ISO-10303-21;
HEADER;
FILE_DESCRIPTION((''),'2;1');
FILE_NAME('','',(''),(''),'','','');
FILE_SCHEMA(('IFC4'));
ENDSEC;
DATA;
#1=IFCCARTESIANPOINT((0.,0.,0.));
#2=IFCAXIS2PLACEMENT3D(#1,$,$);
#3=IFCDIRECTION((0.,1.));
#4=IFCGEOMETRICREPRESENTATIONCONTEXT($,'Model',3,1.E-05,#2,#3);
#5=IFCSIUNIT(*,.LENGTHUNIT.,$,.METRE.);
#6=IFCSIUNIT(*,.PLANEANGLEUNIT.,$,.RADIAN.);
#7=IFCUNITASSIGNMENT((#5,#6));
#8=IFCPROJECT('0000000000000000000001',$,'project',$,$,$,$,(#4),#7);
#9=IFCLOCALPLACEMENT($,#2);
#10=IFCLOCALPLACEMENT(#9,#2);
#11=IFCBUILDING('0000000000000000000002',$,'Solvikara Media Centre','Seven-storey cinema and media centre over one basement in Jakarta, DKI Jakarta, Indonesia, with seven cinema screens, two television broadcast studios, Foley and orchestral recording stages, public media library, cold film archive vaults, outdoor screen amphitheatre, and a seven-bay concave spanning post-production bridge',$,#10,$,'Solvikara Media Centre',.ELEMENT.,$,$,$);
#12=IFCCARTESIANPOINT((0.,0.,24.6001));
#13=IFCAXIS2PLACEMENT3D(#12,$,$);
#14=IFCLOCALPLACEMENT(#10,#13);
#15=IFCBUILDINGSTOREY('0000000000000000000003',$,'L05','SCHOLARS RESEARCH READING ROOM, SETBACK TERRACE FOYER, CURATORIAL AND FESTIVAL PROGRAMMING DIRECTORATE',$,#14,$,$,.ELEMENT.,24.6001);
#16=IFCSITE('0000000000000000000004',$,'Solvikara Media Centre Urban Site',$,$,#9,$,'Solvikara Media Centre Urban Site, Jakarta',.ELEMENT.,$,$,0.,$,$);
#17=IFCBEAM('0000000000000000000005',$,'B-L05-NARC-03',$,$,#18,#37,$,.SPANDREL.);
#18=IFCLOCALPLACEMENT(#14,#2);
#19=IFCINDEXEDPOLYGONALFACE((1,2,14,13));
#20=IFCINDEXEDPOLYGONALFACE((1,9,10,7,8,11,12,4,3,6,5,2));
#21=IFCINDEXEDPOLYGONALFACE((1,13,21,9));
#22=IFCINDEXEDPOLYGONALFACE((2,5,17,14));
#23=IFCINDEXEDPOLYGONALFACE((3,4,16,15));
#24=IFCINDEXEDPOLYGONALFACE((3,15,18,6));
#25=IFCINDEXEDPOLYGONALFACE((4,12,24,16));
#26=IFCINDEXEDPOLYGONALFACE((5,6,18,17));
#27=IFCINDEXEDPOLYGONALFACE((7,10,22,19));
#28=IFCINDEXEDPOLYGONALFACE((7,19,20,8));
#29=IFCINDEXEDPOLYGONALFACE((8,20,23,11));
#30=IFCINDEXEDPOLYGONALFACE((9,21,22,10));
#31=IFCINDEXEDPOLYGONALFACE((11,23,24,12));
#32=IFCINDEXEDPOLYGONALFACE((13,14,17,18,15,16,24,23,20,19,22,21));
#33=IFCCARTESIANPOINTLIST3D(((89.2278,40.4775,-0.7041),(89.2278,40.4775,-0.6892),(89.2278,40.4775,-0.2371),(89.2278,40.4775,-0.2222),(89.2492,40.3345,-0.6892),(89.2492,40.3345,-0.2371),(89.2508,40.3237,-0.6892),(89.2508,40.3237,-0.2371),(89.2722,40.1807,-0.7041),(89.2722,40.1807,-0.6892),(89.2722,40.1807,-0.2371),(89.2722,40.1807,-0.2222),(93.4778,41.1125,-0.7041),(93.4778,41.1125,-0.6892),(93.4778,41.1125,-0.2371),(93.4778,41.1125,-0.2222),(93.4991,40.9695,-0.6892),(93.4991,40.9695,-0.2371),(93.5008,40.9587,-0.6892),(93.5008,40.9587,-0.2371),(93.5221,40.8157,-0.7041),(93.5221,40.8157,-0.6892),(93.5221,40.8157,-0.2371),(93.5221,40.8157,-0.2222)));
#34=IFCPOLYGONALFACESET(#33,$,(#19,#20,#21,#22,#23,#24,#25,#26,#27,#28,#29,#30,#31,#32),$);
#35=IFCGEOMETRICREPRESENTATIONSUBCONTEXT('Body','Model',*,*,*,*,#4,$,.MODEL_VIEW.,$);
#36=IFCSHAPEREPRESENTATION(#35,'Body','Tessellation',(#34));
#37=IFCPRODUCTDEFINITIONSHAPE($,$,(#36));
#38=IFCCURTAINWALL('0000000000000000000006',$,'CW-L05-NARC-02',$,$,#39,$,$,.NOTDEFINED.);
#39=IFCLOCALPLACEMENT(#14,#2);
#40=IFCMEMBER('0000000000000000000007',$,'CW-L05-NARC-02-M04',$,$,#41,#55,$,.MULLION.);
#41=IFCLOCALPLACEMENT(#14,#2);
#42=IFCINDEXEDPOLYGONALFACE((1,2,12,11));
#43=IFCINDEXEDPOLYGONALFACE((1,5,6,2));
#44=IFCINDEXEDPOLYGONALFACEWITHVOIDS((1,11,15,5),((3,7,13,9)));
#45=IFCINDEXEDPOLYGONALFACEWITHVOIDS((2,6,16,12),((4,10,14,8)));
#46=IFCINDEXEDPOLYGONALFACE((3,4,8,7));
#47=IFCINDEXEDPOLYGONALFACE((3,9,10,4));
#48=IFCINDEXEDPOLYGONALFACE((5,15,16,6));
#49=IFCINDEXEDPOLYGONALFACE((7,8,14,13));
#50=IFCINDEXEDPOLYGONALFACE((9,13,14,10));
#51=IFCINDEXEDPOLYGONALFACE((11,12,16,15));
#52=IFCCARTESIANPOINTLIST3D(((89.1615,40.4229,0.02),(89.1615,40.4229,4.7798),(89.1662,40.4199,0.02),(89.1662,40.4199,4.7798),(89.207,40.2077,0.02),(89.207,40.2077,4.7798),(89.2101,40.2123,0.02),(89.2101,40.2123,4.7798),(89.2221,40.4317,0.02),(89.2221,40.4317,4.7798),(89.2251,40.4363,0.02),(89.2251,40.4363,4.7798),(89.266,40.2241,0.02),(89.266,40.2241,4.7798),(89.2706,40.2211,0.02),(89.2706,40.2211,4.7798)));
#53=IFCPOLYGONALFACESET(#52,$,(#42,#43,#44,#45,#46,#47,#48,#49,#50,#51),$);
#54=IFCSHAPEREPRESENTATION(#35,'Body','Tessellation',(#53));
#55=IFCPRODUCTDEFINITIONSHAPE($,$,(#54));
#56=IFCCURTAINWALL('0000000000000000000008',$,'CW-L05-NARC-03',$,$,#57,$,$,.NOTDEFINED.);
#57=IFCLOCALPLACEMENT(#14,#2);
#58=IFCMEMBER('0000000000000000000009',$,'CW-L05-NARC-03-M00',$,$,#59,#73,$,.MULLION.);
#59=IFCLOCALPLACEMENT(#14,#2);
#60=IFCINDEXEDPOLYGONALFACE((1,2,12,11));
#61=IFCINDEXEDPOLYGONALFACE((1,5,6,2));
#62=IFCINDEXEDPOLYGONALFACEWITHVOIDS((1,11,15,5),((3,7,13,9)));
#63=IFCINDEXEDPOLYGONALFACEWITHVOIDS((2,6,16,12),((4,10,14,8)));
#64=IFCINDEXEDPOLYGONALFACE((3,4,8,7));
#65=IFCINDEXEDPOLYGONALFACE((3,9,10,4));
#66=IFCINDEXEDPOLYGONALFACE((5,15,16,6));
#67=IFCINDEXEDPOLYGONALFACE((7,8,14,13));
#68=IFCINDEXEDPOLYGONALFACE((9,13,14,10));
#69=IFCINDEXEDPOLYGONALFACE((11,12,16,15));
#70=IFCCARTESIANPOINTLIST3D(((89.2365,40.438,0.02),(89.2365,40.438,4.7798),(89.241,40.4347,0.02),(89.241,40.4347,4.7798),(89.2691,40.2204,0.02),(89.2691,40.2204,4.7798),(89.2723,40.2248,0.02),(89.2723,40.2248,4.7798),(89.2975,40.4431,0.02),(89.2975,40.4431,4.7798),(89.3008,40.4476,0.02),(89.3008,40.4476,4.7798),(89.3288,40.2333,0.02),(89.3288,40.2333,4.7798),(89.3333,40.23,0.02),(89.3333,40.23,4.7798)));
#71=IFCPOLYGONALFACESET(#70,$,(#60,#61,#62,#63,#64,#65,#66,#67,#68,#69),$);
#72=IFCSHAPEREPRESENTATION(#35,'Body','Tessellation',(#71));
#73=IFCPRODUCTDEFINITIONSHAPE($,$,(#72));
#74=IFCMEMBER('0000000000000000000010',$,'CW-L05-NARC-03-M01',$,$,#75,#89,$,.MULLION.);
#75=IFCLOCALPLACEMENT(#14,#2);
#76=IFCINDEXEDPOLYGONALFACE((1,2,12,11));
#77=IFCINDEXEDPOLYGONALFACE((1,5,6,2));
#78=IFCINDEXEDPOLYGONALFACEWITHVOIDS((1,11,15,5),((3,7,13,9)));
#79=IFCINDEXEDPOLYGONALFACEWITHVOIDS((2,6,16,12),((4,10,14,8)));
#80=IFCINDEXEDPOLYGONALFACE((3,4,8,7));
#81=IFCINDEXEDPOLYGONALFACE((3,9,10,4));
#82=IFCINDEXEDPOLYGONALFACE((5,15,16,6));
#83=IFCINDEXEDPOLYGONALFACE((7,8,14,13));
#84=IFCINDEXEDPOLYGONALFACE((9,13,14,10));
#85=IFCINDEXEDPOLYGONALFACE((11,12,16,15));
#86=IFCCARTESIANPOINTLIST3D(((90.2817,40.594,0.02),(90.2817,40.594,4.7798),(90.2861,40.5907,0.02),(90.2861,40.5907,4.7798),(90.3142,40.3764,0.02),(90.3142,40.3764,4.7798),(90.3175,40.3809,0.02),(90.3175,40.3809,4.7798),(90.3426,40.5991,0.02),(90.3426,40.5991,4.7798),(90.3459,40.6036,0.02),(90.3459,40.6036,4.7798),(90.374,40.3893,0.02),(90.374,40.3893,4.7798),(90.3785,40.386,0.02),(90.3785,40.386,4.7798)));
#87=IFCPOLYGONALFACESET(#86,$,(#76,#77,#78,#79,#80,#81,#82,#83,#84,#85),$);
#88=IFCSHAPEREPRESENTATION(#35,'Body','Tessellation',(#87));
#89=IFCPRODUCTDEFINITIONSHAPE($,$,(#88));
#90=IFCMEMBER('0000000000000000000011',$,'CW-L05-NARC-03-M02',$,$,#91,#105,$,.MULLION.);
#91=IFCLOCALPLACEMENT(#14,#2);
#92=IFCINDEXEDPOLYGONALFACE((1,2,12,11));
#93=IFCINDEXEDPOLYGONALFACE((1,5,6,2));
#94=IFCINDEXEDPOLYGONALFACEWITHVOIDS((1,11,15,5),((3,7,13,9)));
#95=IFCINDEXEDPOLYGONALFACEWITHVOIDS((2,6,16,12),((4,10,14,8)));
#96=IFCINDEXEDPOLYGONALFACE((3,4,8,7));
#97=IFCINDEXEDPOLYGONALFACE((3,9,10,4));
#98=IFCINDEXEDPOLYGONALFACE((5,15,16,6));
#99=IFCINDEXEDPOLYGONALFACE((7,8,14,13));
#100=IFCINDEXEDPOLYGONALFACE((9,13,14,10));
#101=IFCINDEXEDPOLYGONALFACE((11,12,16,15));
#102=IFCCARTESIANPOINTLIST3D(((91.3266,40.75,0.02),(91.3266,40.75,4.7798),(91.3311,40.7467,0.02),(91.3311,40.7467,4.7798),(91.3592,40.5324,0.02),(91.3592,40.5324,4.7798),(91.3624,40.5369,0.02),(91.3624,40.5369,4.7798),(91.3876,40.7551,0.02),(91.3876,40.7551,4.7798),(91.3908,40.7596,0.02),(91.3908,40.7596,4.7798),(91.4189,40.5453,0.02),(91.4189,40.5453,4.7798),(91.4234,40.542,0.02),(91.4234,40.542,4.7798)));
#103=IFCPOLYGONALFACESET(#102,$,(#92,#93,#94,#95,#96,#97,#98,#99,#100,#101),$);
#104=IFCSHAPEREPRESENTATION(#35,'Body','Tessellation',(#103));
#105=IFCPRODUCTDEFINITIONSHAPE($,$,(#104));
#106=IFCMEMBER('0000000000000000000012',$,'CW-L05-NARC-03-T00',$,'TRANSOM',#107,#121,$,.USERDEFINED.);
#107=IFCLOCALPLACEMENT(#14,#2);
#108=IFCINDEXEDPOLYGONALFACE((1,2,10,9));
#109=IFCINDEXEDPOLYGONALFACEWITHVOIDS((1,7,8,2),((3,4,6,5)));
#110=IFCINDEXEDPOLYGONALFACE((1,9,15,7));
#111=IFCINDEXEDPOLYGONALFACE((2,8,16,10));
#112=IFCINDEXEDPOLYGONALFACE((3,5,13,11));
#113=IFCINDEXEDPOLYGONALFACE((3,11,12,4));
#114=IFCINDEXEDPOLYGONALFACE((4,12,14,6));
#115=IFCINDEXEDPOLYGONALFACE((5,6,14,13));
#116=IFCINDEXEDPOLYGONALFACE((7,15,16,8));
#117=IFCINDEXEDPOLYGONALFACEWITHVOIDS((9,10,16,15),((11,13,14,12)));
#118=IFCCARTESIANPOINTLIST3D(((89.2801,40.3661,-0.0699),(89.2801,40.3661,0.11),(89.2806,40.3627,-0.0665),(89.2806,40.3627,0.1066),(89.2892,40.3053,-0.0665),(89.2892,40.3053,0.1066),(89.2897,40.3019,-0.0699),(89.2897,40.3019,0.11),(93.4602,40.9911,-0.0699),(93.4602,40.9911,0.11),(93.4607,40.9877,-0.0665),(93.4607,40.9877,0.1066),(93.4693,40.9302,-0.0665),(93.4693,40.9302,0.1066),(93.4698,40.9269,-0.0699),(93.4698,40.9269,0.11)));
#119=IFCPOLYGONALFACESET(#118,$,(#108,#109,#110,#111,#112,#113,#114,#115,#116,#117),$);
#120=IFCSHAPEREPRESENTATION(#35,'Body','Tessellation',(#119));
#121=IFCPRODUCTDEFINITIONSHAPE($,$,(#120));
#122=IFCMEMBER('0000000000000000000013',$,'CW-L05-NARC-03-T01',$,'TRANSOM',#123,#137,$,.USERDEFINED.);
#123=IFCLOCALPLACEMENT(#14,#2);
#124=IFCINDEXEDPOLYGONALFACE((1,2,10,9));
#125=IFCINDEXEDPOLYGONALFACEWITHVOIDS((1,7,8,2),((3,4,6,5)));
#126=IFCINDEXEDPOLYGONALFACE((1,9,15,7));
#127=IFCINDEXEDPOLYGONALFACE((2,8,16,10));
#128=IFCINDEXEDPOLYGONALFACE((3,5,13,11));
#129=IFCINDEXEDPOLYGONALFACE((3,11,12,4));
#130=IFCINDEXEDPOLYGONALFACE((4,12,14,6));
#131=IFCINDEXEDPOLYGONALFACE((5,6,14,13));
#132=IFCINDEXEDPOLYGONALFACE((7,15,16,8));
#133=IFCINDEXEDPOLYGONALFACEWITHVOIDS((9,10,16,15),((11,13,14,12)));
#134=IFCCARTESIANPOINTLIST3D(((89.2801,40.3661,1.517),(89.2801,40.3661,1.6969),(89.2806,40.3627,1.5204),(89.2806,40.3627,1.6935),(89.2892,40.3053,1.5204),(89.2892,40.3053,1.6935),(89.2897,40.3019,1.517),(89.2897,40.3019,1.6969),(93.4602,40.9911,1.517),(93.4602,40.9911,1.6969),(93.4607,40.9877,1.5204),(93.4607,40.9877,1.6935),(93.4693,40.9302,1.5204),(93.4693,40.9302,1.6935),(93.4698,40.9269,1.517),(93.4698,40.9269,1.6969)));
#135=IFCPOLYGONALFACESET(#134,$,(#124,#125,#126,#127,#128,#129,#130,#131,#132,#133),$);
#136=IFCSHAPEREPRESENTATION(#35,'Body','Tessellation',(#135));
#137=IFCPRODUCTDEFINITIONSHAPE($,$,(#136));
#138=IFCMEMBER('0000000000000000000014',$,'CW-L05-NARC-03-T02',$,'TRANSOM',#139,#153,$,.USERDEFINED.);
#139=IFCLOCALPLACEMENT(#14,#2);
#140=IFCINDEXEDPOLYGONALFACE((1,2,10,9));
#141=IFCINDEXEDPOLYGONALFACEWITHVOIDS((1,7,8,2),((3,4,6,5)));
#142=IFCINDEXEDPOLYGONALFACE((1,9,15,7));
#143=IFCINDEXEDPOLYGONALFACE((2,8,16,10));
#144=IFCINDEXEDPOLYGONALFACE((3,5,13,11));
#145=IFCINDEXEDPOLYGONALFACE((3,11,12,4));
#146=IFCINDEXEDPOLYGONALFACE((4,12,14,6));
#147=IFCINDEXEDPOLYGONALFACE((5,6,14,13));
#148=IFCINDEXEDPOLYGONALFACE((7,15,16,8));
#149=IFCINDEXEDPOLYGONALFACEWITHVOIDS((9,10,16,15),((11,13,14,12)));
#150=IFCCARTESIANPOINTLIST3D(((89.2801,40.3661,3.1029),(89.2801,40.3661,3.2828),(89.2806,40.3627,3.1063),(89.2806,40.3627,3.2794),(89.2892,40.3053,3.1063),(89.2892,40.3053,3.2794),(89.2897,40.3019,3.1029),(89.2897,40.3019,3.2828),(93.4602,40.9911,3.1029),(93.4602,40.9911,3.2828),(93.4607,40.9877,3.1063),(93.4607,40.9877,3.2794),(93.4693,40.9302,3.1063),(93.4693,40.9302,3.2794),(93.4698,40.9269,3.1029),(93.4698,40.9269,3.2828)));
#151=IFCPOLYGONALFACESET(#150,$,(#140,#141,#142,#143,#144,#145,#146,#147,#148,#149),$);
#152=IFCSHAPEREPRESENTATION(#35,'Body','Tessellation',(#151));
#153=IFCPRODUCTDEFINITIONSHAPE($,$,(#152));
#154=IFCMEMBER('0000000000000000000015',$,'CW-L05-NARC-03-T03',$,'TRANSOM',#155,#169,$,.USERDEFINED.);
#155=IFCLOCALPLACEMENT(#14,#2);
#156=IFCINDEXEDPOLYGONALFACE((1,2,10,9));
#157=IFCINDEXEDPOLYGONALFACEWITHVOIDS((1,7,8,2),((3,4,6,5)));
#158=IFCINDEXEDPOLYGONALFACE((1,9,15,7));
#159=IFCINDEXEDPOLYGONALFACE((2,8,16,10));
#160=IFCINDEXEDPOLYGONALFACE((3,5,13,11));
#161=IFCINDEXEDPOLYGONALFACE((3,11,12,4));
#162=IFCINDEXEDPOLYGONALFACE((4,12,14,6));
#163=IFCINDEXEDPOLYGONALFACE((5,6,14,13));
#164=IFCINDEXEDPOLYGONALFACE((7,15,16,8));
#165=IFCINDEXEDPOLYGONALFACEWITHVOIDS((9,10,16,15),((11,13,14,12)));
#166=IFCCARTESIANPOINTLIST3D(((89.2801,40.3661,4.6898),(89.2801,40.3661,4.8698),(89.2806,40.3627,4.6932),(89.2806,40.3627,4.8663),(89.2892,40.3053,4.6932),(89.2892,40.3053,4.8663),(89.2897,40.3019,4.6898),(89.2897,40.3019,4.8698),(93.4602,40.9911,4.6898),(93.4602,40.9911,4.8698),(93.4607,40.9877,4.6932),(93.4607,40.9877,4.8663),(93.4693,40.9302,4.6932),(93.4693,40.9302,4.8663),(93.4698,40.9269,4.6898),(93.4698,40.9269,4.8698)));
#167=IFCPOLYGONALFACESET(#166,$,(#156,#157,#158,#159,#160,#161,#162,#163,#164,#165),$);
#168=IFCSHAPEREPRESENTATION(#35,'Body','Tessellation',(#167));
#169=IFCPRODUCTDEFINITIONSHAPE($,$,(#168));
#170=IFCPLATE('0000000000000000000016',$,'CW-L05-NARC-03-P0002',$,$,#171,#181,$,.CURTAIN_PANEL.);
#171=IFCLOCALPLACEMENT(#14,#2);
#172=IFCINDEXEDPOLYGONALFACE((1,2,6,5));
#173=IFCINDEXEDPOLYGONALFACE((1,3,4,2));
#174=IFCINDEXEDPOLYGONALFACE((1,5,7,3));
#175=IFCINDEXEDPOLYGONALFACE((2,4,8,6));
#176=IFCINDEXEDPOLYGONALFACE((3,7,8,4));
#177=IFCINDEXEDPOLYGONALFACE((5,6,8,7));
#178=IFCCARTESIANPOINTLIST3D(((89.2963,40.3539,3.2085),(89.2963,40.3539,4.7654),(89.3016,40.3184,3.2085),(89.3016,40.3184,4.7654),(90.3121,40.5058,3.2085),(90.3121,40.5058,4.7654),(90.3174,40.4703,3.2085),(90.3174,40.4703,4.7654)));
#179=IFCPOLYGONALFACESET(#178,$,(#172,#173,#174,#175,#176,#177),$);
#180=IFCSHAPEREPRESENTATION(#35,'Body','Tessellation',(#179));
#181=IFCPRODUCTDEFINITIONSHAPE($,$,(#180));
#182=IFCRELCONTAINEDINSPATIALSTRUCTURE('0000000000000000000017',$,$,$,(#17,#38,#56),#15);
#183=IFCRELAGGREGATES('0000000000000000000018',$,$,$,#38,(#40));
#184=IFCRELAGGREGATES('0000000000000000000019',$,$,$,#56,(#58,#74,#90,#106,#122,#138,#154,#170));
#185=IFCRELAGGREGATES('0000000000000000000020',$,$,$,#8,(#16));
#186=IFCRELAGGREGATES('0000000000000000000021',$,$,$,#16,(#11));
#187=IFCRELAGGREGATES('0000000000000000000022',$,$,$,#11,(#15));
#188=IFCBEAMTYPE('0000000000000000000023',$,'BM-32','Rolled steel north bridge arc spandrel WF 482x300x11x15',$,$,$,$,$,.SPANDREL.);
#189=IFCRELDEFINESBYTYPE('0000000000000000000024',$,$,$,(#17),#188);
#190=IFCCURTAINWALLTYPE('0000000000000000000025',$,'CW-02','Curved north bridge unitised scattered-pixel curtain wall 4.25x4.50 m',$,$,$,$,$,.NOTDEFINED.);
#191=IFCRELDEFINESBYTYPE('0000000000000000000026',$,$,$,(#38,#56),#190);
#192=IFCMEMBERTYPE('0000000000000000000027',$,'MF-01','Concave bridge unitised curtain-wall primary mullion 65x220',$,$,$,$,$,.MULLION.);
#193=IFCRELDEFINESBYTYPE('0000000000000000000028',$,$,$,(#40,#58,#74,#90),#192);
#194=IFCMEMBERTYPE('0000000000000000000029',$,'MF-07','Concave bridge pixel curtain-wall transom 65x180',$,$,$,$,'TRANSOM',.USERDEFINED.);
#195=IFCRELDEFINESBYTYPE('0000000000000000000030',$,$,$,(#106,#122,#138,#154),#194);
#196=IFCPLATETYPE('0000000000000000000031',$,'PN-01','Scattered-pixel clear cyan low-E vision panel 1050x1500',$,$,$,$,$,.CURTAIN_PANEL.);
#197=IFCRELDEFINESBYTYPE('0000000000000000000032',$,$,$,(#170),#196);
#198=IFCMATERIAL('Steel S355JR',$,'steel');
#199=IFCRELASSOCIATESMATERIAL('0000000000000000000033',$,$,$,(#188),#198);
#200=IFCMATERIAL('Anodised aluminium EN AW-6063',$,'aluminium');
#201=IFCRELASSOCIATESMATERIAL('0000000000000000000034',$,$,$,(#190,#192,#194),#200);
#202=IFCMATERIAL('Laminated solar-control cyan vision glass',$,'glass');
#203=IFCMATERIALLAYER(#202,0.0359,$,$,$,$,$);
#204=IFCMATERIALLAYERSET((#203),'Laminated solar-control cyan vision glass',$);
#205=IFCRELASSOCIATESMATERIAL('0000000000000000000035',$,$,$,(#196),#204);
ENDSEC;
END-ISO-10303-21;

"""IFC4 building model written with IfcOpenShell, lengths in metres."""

from ifc_helpers import new_model, si_unit, direction, frame, origin, origin_2d, place, context, subcontext, project, spatial, rectangle, hollow_rectangle, i_section, extrude, material, layer, layer_set, material_profile, profile_set, type_object, element, aggregate, save


model = new_model("IFC4")

# Units and contexts
model_context = context("Model", 3, precision=1e-05, world=origin(), true_north=direction((0.0, 1.0)))
body_context = subcontext(model_context, "Body", "Model", "MODEL_VIEW")
ifc_project = project(units=[si_unit("LENGTHUNIT", "METRE"), si_unit("PLANEANGLEUNIT", "RADIAN")], contexts=[model_context])

# Site, building, storey
site_placement = place(None, origin())
site = spatial("IfcSite", under=ifc_project, at=site_placement, Name="Solvikara Media Centre Urban Site", LongName="Solvikara Media Centre Urban Site, Jakarta", CompositionType="ELEMENT", RefElevation=0.0)
building_placement = place(site_placement, origin())
building = spatial("IfcBuilding", under=site, at=building_placement, Name="Solvikara Media Centre", Description="Seven-storey cinema and media centre over one basement in Jakarta, DKI Jakarta, Indonesia, with seven cinema screens, two television broadcast studios, Foley and orchestral recording stages, public media library, cold film archive vaults, outdoor screen amphitheatre, and a seven-bay concave spanning post-production bridge", LongName="Solvikara Media Centre", CompositionType="ELEMENT")
storey_placement = place(building_placement, frame((0.0, 0.0, 24.6001)))
storey = spatial("IfcBuildingStorey", under=building, at=storey_placement, Name="L05", Description="SCHOLARS RESEARCH READING ROOM, SETBACK TERRACE FOYER, CURATORIAL AND FESTIVAL PROGRAMMING DIRECTORATE", CompositionType="ELEMENT", Elevation=24.6001)

# Beam
ifc_material_1 = material(Name="Steel S355JR", Category="steel")
ifc_material_profile_1 = material_profile(ifc_material_1, i_section(OverallWidth=0.3, OverallDepth=0.4819, WebThickness=0.011, FlangeThickness=0.0149, at=origin_2d()), Name="WF 482x300x11x15")
ifc_profile_set_1 = profile_set([ifc_material_profile_1], Name="Steel S355JR")
beam_type = type_object("IfcBeamType", Name="BM-32", Description="Rolled steel north bridge arc spandrel WF 482x300x11x15", PredefinedType="SPANDREL", material=ifc_profile_set_1)
beam_placement = place(storey_placement, frame((89.25, 40.3291, -0.4631), z_axis=(0.989021, 0.147774, 0.0), x_axis=(-0.147774, 0.989021, 0.0)))
element("IfcBeam", 1, at=beam_placement, inside=storey, type_object=beam_type, Name="B-L05-NARC-03", PredefinedType="SPANDREL", context=body_context, shape_type="SweptSolid", body=[
    extrude(i_section(OverallWidth=0.3, OverallDepth=0.4819, WebThickness=0.011, FlangeThickness=0.0149, at=origin_2d()), origin(), (0.0, 0.0, 1.0), 4.2971),
])

# Curtain wall, member
ifc_material_2 = material(Name="Anodised aluminium EN AW-6063", Category="aluminium")
curtain_wall_type = type_object("IfcCurtainWallType", Name="CW-02", Description="Curved north bridge unitised scattered-pixel curtain wall 4.25x4.50 m", PredefinedType="NOTDEFINED", material=ifc_material_2)
curtain_wall_1_placement = place(storey_placement, origin())
curtain_wall_1 = element("IfcCurtainWall", 2, at=curtain_wall_1_placement, inside=storey, type_object=curtain_wall_type, Name="CW-L05-NARC-02", PredefinedType="NOTDEFINED")
ifc_material_profile_2 = material_profile(ifc_material_2, hollow_rectangle(XDim=0.0649, YDim=0.22, WallThickness=0.0039, at=origin_2d()), Name="ALU-M 65x220x4")
ifc_profile_set_2 = profile_set([ifc_material_profile_2], Name="Anodised aluminium EN AW-6063")
member_type_1 = type_object("IfcMemberType", Name="MF-01", Description="Concave bridge unitised curtain-wall primary mullion 65x220", PredefinedType="MULLION", material=ifc_profile_set_2)
member_1_placement = place(storey_placement, frame((89.2161, 40.322, 0.02), z_axis=(0.0, 0.0, 1.0), x_axis=(0.978379, 0.206819, 0.0)))
member_1 = element("IfcMember", 3, at=member_1_placement, type_object=member_type_1, Name="CW-L05-NARC-02-M04", PredefinedType="MULLION", context=body_context, shape_type="SweptSolid", body=[
    extrude(hollow_rectangle(XDim=0.0649, YDim=0.22, WallThickness=0.0039, at=origin_2d()), origin(), (0.0, 0.0, 1.0), 4.7598),
])
aggregate(curtain_wall_1, [member_1])

# Curtain wall, members, plate
curtain_wall_2_placement = place(storey_placement, origin())
curtain_wall_2 = element("IfcCurtainWall", 4, at=curtain_wall_2_placement, inside=storey, type_object=curtain_wall_type, Name="CW-L05-NARC-03", PredefinedType="NOTDEFINED")
member_2_placement = place(storey_placement, frame((89.2849, 40.334, 0.02), z_axis=(0.0, 0.0, 1.0), x_axis=(0.989006, 0.147878, 0.0)))
member_2 = element("IfcMember", 5, at=member_2_placement, type_object=member_type_1, Name="CW-L05-NARC-03-M00", PredefinedType="MULLION", context=body_context, shape_type="SweptSolid", body=[
    extrude(hollow_rectangle(XDim=0.0649, YDim=0.22, WallThickness=0.0039, at=origin_2d()), origin(), (0.0, 0.0, 1.0), 4.7598),
])
member_3_placement = place(storey_placement, frame((90.3301, 40.49, 0.02), z_axis=(0.0, 0.0, 1.0), x_axis=(0.989006, 0.147878, 0.0)))
member_3 = element("IfcMember", 6, at=member_3_placement, type_object=member_type_1, Name="CW-L05-NARC-03-M01", PredefinedType="MULLION", context=body_context, shape_type="SweptSolid", body=[
    extrude(hollow_rectangle(XDim=0.0649, YDim=0.22, WallThickness=0.0039, at=origin_2d()), origin(), (0.0, 0.0, 1.0), 4.7598),
])
member_4_placement = place(storey_placement, frame((91.375, 40.646, 0.02), z_axis=(0.0, 0.0, 1.0), x_axis=(0.989006, 0.147878, 0.0)))
member_4 = element("IfcMember", 7, at=member_4_placement, type_object=member_type_1, Name="CW-L05-NARC-03-M02", PredefinedType="MULLION", context=body_context, shape_type="SweptSolid", body=[
    extrude(hollow_rectangle(XDim=0.0649, YDim=0.22, WallThickness=0.0039, at=origin_2d()), origin(), (0.0, 0.0, 1.0), 4.7598),
])
ifc_material_profile_3 = material_profile(ifc_material_2, hollow_rectangle(XDim=0.0649, YDim=0.1799, WallThickness=0.0034, at=origin_2d()), Name="ALU-T 65x180x3.5")
ifc_profile_set_3 = profile_set([ifc_material_profile_3], Name="Anodised aluminium EN AW-6063")
member_type_2 = type_object("IfcMemberType", Name="MF-07", Description="Concave bridge pixel curtain-wall transom 65x180", ElementType="TRANSOM", PredefinedType="USERDEFINED", material=ifc_profile_set_3)
member_5_placement = place(storey_placement, frame((89.2849, 40.334, 0.02), z_axis=(0.989007, 0.147872, 0.0), x_axis=(-0.147872, 0.989007, 0.0)))
member_5 = element("IfcMember", 8, at=member_5_placement, type_object=member_type_2, Name="CW-L05-NARC-03-T00", ObjectType="TRANSOM", PredefinedType="USERDEFINED", context=body_context, shape_type="SweptSolid", body=[
    extrude(hollow_rectangle(XDim=0.0649, YDim=0.1799, WallThickness=0.0034, at=origin_2d()), origin(), (0.0, 0.0, 1.0), 4.2266),
])
member_6_placement = place(storey_placement, frame((89.2849, 40.334, 1.6069), z_axis=(0.989007, 0.147872, 0.0), x_axis=(-0.147872, 0.989007, 0.0)))
member_6 = element("IfcMember", 9, at=member_6_placement, type_object=member_type_2, Name="CW-L05-NARC-03-T01", ObjectType="TRANSOM", PredefinedType="USERDEFINED", context=body_context, shape_type="SweptSolid", body=[
    extrude(hollow_rectangle(XDim=0.0649, YDim=0.1799, WallThickness=0.0034, at=origin_2d()), origin(), (0.0, 0.0, 1.0), 4.2266),
])
member_7_placement = place(storey_placement, frame((89.2849, 40.334, 3.1929), z_axis=(0.989007, 0.147872, 0.0), x_axis=(-0.147872, 0.989007, 0.0)))
member_7 = element("IfcMember", 10, at=member_7_placement, type_object=member_type_2, Name="CW-L05-NARC-03-T02", ObjectType="TRANSOM", PredefinedType="USERDEFINED", context=body_context, shape_type="SweptSolid", body=[
    extrude(hollow_rectangle(XDim=0.0649, YDim=0.1799, WallThickness=0.0034, at=origin_2d()), origin(), (0.0, 0.0, 1.0), 4.2266),
])
member_8_placement = place(storey_placement, frame((89.2849, 40.334, 4.7798), z_axis=(0.989007, 0.147872, 0.0), x_axis=(-0.147872, 0.989007, 0.0)))
member_8 = element("IfcMember", 11, at=member_8_placement, type_object=member_type_2, Name="CW-L05-NARC-03-T03", ObjectType="TRANSOM", PredefinedType="USERDEFINED", context=body_context, shape_type="SweptSolid", body=[
    extrude(hollow_rectangle(XDim=0.0649, YDim=0.1799, WallThickness=0.0034, at=origin_2d()), origin(), (0.0, 0.0, 1.0), 4.2266),
])
ifc_material_3 = material(Name="Laminated solar-control cyan vision glass", Category="glass")
ifc_layer_1 = layer(ifc_material_3, 0.0359)
ifc_layer_set_1 = layer_set([ifc_layer_1], Name="Laminated solar-control cyan vision glass")
plate_type_1 = type_object("IfcPlateType", Name="PN-01", Description="Scattered-pixel clear cyan low-E vision panel 1050x1500", PredefinedType="CURTAIN_PANEL", material=ifc_layer_set_1)
plate_1_placement = place(storey_placement, frame((89.8069, 40.4121, 3.2085), z_axis=(0.0, 0.0, 1.0), x_axis=(0.989006, 0.147878, 0.0)))
plate_1 = element("IfcPlate", 12, at=plate_1_placement, type_object=plate_type_1, Name="CW-L05-NARC-03-P0002", PredefinedType="CURTAIN_PANEL", context=body_context, shape_type="SweptSolid", body=[
    extrude(rectangle(XDim=1.0271, YDim=0.0359, at=origin_2d()), origin(), (0.0, 0.0, 1.0), 1.5569),
])
aggregate(curtain_wall_2, [member_2, member_3, member_4, member_5, member_6, member_7, member_8, plate_1])

save(model, "model.ifc")
